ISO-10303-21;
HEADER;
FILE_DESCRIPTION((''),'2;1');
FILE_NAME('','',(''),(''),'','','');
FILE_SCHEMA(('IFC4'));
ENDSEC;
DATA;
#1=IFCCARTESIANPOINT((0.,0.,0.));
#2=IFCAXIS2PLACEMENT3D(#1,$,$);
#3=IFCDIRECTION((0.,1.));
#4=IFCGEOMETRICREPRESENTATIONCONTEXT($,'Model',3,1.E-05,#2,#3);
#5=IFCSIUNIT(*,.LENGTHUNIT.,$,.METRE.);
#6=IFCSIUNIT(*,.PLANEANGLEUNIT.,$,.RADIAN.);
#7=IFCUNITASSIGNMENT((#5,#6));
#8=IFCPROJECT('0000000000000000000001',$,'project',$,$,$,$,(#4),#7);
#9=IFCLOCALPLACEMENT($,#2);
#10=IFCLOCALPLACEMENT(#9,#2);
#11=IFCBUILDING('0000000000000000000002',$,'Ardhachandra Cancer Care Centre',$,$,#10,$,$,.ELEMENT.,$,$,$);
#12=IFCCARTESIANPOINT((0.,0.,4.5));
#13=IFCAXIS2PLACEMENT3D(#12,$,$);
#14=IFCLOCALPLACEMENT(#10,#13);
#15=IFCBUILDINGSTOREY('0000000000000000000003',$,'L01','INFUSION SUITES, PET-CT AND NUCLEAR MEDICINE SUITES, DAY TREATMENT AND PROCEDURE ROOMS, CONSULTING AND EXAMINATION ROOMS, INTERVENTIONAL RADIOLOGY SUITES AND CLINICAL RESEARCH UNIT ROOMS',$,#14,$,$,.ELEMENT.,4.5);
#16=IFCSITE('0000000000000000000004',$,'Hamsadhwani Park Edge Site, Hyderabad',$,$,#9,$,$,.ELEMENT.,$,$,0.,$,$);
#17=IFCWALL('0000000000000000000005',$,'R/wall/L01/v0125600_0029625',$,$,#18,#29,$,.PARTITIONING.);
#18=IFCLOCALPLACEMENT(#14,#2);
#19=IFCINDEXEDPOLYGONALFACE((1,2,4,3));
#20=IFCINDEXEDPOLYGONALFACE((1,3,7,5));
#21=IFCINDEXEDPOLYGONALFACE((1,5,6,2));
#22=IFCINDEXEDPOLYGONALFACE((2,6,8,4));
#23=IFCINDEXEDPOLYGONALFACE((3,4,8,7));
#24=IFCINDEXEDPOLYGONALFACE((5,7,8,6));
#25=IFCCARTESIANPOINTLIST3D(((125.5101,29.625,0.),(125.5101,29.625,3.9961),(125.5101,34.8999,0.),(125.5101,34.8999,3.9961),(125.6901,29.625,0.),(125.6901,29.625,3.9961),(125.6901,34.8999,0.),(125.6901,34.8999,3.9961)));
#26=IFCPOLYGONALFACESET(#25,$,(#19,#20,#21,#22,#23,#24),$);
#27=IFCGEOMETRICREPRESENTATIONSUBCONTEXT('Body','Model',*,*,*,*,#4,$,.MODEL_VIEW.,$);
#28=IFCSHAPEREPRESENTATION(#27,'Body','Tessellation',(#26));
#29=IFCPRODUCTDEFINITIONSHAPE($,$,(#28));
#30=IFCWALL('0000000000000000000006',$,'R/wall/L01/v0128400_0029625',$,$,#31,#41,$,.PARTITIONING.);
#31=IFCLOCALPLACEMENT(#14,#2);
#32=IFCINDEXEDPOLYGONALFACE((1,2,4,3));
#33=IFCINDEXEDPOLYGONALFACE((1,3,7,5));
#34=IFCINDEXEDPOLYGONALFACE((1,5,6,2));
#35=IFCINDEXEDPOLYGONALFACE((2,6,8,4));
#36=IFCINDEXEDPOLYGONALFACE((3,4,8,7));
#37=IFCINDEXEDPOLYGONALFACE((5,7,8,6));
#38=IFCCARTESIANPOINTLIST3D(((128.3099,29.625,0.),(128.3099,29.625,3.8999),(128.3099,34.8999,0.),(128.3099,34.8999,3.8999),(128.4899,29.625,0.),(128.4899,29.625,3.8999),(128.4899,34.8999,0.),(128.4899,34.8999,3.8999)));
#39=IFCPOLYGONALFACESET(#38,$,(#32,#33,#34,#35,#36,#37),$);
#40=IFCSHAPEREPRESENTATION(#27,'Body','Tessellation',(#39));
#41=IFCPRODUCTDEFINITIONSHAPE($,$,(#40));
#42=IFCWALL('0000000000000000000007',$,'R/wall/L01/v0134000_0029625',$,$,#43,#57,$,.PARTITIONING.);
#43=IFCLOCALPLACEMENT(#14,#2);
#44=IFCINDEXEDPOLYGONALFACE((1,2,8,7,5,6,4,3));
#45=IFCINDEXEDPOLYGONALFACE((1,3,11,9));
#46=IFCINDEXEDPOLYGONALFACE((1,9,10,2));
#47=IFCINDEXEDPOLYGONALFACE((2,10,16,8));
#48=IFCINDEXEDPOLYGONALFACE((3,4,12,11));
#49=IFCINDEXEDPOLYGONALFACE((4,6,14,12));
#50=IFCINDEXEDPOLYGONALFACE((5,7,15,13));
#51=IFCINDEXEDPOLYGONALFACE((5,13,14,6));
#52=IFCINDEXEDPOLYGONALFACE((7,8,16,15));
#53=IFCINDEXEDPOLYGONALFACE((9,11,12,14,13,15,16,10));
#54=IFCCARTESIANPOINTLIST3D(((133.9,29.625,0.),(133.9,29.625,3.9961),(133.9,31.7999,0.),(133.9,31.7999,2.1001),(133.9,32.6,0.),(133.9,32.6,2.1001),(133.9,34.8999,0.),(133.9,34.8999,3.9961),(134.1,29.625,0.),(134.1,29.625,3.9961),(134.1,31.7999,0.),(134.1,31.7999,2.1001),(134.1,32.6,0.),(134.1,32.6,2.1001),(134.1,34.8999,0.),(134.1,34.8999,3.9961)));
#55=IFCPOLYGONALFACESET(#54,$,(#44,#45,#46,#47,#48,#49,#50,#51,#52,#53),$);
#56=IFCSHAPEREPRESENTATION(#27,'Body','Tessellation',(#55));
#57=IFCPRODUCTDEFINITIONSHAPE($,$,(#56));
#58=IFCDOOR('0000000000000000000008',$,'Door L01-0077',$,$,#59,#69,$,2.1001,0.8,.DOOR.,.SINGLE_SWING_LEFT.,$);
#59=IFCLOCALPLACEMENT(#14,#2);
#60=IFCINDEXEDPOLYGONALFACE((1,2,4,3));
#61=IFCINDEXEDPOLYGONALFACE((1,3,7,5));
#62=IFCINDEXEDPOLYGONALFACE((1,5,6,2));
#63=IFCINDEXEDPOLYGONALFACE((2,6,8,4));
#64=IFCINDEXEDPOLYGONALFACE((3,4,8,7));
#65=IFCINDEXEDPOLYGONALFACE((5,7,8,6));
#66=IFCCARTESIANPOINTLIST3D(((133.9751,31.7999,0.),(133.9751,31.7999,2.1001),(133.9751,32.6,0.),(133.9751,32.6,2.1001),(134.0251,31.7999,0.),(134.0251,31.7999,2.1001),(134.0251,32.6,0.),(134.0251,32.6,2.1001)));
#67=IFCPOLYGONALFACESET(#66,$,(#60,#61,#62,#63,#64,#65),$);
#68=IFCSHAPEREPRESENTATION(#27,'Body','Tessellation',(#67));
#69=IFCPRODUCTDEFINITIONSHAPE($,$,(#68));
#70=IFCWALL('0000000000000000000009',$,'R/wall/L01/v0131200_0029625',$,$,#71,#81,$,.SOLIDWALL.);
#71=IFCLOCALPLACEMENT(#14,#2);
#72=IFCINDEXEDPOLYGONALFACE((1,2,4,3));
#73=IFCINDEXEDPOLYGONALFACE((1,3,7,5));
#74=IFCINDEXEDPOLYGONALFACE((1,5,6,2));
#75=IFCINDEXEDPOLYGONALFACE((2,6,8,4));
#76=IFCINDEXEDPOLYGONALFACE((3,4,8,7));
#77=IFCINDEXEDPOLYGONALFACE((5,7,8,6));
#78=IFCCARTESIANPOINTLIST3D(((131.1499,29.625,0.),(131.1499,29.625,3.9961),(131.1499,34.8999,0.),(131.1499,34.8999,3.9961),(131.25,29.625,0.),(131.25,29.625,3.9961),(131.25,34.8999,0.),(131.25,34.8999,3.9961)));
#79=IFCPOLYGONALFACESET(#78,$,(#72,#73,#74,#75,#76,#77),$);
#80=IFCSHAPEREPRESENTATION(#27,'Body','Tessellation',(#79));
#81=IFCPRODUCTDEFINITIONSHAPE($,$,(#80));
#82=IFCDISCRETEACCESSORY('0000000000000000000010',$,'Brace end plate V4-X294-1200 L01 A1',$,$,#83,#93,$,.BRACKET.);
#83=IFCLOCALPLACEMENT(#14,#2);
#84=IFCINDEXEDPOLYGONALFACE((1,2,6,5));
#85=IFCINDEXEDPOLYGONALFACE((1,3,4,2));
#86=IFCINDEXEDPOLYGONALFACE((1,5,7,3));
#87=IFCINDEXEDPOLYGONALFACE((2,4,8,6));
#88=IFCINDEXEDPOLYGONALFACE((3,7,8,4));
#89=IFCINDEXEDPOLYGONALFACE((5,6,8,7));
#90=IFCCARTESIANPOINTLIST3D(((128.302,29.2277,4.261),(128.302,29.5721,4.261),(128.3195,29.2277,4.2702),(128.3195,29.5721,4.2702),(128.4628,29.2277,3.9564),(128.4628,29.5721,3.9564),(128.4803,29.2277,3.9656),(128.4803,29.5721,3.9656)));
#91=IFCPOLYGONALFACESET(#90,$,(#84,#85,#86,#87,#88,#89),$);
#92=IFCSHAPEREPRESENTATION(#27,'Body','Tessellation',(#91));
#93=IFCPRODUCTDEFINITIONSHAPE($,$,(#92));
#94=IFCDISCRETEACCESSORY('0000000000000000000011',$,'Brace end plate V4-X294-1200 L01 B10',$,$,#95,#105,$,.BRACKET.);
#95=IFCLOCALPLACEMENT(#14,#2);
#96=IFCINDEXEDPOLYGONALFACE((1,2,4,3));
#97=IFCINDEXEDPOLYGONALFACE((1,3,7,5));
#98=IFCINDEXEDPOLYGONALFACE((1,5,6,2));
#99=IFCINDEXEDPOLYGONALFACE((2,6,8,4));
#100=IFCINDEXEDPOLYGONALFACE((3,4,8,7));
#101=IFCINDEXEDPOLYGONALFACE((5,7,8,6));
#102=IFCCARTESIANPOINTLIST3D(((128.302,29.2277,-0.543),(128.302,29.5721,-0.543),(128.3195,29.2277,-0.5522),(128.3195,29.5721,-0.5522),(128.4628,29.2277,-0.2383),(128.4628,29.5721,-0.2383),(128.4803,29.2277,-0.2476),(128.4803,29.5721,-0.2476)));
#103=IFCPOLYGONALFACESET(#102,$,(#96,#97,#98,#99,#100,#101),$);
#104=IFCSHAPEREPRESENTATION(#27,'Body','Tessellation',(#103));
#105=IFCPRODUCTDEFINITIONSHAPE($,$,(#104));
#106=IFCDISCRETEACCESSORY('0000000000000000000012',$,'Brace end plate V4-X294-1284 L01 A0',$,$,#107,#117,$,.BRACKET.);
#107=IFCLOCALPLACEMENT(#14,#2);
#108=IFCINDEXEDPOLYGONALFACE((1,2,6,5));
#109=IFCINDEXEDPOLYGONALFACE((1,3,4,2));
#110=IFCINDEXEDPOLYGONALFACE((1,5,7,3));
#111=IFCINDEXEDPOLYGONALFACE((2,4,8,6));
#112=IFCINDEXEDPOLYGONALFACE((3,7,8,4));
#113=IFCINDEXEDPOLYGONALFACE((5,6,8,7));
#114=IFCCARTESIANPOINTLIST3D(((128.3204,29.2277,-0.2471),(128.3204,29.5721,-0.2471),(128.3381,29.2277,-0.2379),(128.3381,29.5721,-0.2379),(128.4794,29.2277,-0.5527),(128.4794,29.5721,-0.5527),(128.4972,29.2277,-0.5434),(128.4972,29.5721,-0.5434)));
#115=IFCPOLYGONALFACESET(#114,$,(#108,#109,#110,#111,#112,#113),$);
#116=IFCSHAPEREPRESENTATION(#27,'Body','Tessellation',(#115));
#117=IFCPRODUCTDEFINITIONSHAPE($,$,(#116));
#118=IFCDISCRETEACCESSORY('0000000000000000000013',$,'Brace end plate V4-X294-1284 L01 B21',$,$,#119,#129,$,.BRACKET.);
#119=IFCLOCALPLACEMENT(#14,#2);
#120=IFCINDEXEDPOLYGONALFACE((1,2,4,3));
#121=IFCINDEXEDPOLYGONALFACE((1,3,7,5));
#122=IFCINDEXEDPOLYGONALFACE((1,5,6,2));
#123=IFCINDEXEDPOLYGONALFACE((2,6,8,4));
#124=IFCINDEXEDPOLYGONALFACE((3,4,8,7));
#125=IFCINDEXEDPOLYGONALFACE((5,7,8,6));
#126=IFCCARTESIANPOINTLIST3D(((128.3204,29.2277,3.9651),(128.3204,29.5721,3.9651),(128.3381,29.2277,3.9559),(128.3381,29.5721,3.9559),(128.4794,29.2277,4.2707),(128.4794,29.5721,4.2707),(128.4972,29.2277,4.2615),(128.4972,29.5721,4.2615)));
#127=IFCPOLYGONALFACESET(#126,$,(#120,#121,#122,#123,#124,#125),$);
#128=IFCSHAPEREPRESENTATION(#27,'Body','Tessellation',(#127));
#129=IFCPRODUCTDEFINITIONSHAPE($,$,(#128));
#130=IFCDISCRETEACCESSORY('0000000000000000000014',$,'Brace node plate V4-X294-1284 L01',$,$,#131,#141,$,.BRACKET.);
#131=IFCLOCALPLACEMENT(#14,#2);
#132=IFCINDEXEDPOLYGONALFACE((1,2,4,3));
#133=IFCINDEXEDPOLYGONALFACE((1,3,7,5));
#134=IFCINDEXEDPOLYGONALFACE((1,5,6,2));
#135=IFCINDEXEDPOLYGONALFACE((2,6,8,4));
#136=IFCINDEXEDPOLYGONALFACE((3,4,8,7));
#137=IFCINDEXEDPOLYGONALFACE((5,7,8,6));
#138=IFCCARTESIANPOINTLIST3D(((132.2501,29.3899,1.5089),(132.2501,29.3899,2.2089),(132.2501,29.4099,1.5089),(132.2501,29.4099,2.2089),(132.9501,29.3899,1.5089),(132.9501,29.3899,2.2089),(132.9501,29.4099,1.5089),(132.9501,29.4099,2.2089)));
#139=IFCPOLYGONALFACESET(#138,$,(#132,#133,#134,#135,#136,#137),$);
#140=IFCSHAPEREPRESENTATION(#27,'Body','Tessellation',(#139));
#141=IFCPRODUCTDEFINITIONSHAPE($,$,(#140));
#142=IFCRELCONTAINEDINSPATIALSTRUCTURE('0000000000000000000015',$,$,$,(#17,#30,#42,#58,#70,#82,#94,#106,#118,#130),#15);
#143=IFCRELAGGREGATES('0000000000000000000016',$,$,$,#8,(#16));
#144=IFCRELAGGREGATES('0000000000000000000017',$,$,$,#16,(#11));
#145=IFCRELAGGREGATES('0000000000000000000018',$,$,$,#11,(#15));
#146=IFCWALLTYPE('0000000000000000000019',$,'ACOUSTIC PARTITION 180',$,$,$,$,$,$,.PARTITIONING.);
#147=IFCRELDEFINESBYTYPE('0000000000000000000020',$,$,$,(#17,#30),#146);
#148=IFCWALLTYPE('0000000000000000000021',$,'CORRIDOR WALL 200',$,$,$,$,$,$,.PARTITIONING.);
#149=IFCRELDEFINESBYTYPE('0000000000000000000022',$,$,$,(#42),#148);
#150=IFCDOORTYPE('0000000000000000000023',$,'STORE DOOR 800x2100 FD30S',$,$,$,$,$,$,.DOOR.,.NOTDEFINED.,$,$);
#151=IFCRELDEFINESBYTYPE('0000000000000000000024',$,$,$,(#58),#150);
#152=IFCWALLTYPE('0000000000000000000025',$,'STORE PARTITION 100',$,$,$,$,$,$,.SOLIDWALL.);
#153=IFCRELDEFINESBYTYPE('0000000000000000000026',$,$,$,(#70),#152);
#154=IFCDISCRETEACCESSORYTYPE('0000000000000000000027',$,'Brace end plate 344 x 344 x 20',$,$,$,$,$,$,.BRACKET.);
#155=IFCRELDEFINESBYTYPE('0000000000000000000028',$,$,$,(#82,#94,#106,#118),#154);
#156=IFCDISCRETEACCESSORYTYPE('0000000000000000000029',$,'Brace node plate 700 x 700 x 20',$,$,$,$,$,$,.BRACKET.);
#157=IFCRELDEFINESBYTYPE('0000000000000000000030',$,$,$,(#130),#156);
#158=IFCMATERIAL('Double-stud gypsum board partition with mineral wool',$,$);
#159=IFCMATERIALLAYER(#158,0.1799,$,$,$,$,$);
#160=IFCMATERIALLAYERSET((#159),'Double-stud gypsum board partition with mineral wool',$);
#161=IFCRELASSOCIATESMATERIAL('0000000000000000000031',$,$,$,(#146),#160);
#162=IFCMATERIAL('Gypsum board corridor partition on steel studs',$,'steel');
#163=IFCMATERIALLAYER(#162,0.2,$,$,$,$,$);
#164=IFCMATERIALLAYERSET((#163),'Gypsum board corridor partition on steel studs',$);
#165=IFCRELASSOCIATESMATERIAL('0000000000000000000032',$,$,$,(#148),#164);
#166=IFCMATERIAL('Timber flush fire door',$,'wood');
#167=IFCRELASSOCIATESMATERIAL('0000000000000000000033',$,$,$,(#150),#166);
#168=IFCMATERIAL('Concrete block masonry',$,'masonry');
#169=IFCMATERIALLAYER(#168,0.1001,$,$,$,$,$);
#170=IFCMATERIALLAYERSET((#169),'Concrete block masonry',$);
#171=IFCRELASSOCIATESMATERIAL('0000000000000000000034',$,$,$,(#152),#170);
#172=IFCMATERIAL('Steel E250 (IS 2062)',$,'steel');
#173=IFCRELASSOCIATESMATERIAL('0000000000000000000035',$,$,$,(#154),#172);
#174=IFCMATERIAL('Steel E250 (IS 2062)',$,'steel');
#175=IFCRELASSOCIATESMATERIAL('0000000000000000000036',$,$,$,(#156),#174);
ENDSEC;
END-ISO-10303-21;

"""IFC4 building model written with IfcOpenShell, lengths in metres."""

from ifc_helpers import new_model, si_unit, direction, frame, frame_2d, origin, origin_2d, place, context, subcontext, project, spatial, rectangle, extrude, material, layer, layer_set, material_profile, profile_set, type_object, element, fill, save


model = new_model("IFC4")

# Units and contexts
model_context = context("Model", 3, precision=1e-05, world=origin(), true_north=direction((0.0, 1.0)))
body_context = subcontext(model_context, "Body", "Model", "MODEL_VIEW")
ifc_project = project(units=[si_unit("LENGTHUNIT", "METRE"), si_unit("PLANEANGLEUNIT", "RADIAN")], contexts=[model_context])

# Site, building, storey
site_placement = place(None, origin())
site = spatial("IfcSite", under=ifc_project, at=site_placement, Name="Hamsadhwani Park Edge Site, Hyderabad", CompositionType="ELEMENT", RefElevation=0.0)
building_placement = place(site_placement, origin())
building = spatial("IfcBuilding", under=site, at=building_placement, Name="Ardhachandra Cancer Care Centre", CompositionType="ELEMENT")
storey_placement = place(building_placement, frame((0.0, 0.0, 4.5)))
storey = spatial("IfcBuildingStorey", under=building, at=storey_placement, Name="L01", Description="INFUSION SUITES, PET-CT AND NUCLEAR MEDICINE SUITES, DAY TREATMENT AND PROCEDURE ROOMS, CONSULTING AND EXAMINATION ROOMS, INTERVENTIONAL RADIOLOGY SUITES AND CLINICAL RESEARCH UNIT ROOMS", CompositionType="ELEMENT", Elevation=4.5)

# Walls
ifc_material_1 = material(Name="Double-stud gypsum board partition with mineral wool")
ifc_layer_1 = layer(ifc_material_1, 0.1799)
ifc_layer_set_1 = layer_set([ifc_layer_1], Name="Double-stud gypsum board partition with mineral wool")
wall_type_1 = type_object("IfcWallType", Name="ACOUSTIC PARTITION 180", PredefinedType="PARTITIONING", material=ifc_layer_set_1)
wall_1_placement = place(storey_placement, frame((125.6001, 29.625, 0.0), z_axis=(0.0, 0.0, 1.0), x_axis=(0.0, 1.0, 0.0)))
element("IfcWall", 1, at=wall_1_placement, inside=storey, type_object=wall_type_1, Name="R/wall/L01/v0125600_0029625", PredefinedType="PARTITIONING", context=body_context, shape_type="SweptSolid", body=[
    extrude(rectangle(XDim=5.2749, YDim=0.1799, at=frame_2d((2.6375, 0.0))), origin(), (0.0, 0.0, 1.0), 3.9961),
])
wall_2_placement = place(storey_placement, frame((128.3999, 29.625, 0.0), z_axis=(0.0, 0.0, 1.0), x_axis=(0.0, 1.0, 0.0)))
element("IfcWall", 2, at=wall_2_placement, inside=storey, type_object=wall_type_1, Name="R/wall/L01/v0128400_0029625", PredefinedType="PARTITIONING", context=body_context, shape_type="SweptSolid", body=[
    extrude(rectangle(XDim=5.2749, YDim=0.1799, at=frame_2d((2.6375, 0.0))), origin(), (0.0, 0.0, 1.0), 3.8999),
])

# Wall, opening, door
ifc_material_2 = material(Name="Gypsum board corridor partition on steel studs", Category="steel")
ifc_layer_2 = layer(ifc_material_2, 0.2)
ifc_layer_set_2 = layer_set([ifc_layer_2], Name="Gypsum board corridor partition on steel studs")
wall_type_2 = type_object("IfcWallType", Name="CORRIDOR WALL 200", PredefinedType="PARTITIONING", material=ifc_layer_set_2)
wall_3_placement = place(storey_placement, frame((134.0, 29.625, 0.0), z_axis=(0.0, 0.0, 1.0), x_axis=(0.0, 1.0, 0.0)))
wall_3 = element("IfcWall", 3, at=wall_3_placement, inside=storey, type_object=wall_type_2, Name="R/wall/L01/v0134000_0029625", PredefinedType="PARTITIONING", context=body_context, shape_type="SweptSolid", body=[
    extrude(rectangle(XDim=5.2749, YDim=0.2, at=frame_2d((2.6375, 0.0))), origin(), (0.0, 0.0, 1.0), 3.9961),
])
opening_placement = place(wall_3_placement, frame((2.175, 0.0, 0.0)))
opening = element("IfcOpeningElement", 4, at=opening_placement, cuts=wall_3, PredefinedType="OPENING", context=body_context, shape_type="SweptSolid", body=[
    extrude(rectangle(XDim=0.8, YDim=2.1001, at=frame_2d((0.3999, 1.05))), frame((0.0, 0.1099, 0.0), z_axis=(0.0, -1.0, 0.0), x_axis=(1.0, 0.0, 0.0)), (0.0, 0.0, 1.0), 0.22),
])
ifc_material_3 = material(Name="Timber flush fire door", Category="wood")
door_type = type_object("IfcDoorType", Name="STORE DOOR 800x2100 FD30S", OperationType="NOTDEFINED", PredefinedType="DOOR", material=ifc_material_3)
door_placement = place(opening_placement, origin())
door = element("IfcDoor", 5, at=door_placement, inside=storey, type_object=door_type, Name="Door L01-0077", OperationType="SINGLE_SWING_LEFT", OverallHeight=2.1001, OverallWidth=0.8, PredefinedType="DOOR", context=body_context, shape_type="SweptSolid", body=[
    extrude(rectangle(XDim=0.8, YDim=2.1001, at=frame_2d((0.3999, 1.05))), frame((0.0, 0.0249, 0.0), z_axis=(0.0, -1.0, 0.0), x_axis=(1.0, 0.0, 0.0)), (0.0, 0.0, 1.0), 0.05),
])
fill(opening, door)

# Wall
ifc_material_4 = material(Name="Concrete block masonry", Category="masonry")
ifc_layer_3 = layer(ifc_material_4, 0.1001)
ifc_layer_set_3 = layer_set([ifc_layer_3], Name="Concrete block masonry")
wall_type_3 = type_object("IfcWallType", Name="STORE PARTITION 100", PredefinedType="SOLIDWALL", material=ifc_layer_set_3)
wall_4_placement = place(storey_placement, frame((131.2, 29.625, 0.0), z_axis=(0.0, 0.0, 1.0), x_axis=(0.0, 1.0, 0.0)))
element("IfcWall", 6, at=wall_4_placement, inside=storey, type_object=wall_type_3, Name="R/wall/L01/v0131200_0029625", PredefinedType="SOLIDWALL", context=body_context, shape_type="SweptSolid", body=[
    extrude(rectangle(XDim=5.2749, YDim=0.1001, at=frame_2d((2.6375, 0.0))), origin(), (0.0, 0.0, 1.0), 3.9961),
])

# Discrete accessories
ifc_material_5 = material(Name="Steel E250 (IS 2062)", Category="steel")
ifc_material_profile_1 = material_profile(ifc_material_5, rectangle(XDim=0.3445, YDim=0.3445, at=origin_2d()), Name="PL 344x344x20")
ifc_profile_set_1 = profile_set([ifc_material_profile_1], Name="Steel E250 (IS 2062)")
discrete_accessory_type_1 = type_object("IfcDiscreteAccessoryType", Name="Brace end plate 344 x 344 x 20", PredefinedType="BRACKET", material=ifc_profile_set_1)
for number, where, z_axis, x_axis, name in (
    (7, (128.3999, 29.3999, 4.1179), (-0.884385, 0.0, -0.466759), (0.0, -1.0, 0.0), "Brace end plate V4-X294-1200 L01 A1"),
    (8, (128.3999, 29.3999, -0.3999), (-0.884385, 0.0, 0.466759), (0.0, -1.0, 0.0), "Brace end plate V4-X294-1200 L01 B10"),
):
    element("IfcDiscreteAccessory", number, at=place(storey_placement, frame(where, z_axis=z_axis, x_axis=x_axis)), inside=storey, type_object=discrete_accessory_type_1, Name=name, PredefinedType="BRACKET", context=body_context, shape_type="SweptSolid", body=[
        extrude(rectangle(XDim=0.3445, YDim=0.3445, at=origin_2d()), origin(), (0.0, 0.0, 1.0), 0.0198),
    ])
for number, where, z_axis, x_axis, name in (
    (9, (128.3999, 29.3999, -0.3999), (0.887018, 0.0, 0.461735), (0.0, 1.0, 0.0), "Brace end plate V4-X294-1284 L01 A0"),
    (10, (128.3999, 29.3999, 4.1179), (0.887018, 0.0, -0.461735), (0.0, 1.0, 0.0), "Brace end plate V4-X294-1284 L01 B21"),
):
    element("IfcDiscreteAccessory", number, at=place(storey_placement, frame(where, z_axis=z_axis, x_axis=x_axis)), inside=storey, type_object=discrete_accessory_type_1, Name=name, PredefinedType="BRACKET", context=body_context, shape_type="SweptSolid", body=[
        extrude(rectangle(XDim=0.3445, YDim=0.3445, at=origin_2d()), origin(), (0.0, 0.0, 1.0), 0.02),
    ])
ifc_material_6 = material(Name="Steel E250 (IS 2062)", Category="steel")
ifc_material_profile_2 = material_profile(ifc_material_6, rectangle(XDim=0.7, YDim=0.7, at=origin_2d()), Name="PL 700x700x20")
ifc_profile_set_2 = profile_set([ifc_material_profile_2], Name="Steel E250 (IS 2062)")
discrete_accessory_type_2 = type_object("IfcDiscreteAccessoryType", Name="Brace node plate 700 x 700 x 20", PredefinedType="BRACKET", material=ifc_profile_set_2)
discrete_accessory_placement = place(storey_placement, frame((132.6001, 29.3899, 1.8589), z_axis=(0.0, 1.0, 0.0), x_axis=(-1.0, 0.0, 0.0)))
element("IfcDiscreteAccessory", 11, at=discrete_accessory_placement, inside=storey, type_object=discrete_accessory_type_2, Name="Brace node plate V4-X294-1284 L01", PredefinedType="BRACKET", context=body_context, shape_type="SweptSolid", body=[
    extrude(rectangle(XDim=0.7, YDim=0.7, at=origin_2d()), origin(), (0.0, 0.0, 1.0), 0.02),
])

save(model, "model.ifc")
